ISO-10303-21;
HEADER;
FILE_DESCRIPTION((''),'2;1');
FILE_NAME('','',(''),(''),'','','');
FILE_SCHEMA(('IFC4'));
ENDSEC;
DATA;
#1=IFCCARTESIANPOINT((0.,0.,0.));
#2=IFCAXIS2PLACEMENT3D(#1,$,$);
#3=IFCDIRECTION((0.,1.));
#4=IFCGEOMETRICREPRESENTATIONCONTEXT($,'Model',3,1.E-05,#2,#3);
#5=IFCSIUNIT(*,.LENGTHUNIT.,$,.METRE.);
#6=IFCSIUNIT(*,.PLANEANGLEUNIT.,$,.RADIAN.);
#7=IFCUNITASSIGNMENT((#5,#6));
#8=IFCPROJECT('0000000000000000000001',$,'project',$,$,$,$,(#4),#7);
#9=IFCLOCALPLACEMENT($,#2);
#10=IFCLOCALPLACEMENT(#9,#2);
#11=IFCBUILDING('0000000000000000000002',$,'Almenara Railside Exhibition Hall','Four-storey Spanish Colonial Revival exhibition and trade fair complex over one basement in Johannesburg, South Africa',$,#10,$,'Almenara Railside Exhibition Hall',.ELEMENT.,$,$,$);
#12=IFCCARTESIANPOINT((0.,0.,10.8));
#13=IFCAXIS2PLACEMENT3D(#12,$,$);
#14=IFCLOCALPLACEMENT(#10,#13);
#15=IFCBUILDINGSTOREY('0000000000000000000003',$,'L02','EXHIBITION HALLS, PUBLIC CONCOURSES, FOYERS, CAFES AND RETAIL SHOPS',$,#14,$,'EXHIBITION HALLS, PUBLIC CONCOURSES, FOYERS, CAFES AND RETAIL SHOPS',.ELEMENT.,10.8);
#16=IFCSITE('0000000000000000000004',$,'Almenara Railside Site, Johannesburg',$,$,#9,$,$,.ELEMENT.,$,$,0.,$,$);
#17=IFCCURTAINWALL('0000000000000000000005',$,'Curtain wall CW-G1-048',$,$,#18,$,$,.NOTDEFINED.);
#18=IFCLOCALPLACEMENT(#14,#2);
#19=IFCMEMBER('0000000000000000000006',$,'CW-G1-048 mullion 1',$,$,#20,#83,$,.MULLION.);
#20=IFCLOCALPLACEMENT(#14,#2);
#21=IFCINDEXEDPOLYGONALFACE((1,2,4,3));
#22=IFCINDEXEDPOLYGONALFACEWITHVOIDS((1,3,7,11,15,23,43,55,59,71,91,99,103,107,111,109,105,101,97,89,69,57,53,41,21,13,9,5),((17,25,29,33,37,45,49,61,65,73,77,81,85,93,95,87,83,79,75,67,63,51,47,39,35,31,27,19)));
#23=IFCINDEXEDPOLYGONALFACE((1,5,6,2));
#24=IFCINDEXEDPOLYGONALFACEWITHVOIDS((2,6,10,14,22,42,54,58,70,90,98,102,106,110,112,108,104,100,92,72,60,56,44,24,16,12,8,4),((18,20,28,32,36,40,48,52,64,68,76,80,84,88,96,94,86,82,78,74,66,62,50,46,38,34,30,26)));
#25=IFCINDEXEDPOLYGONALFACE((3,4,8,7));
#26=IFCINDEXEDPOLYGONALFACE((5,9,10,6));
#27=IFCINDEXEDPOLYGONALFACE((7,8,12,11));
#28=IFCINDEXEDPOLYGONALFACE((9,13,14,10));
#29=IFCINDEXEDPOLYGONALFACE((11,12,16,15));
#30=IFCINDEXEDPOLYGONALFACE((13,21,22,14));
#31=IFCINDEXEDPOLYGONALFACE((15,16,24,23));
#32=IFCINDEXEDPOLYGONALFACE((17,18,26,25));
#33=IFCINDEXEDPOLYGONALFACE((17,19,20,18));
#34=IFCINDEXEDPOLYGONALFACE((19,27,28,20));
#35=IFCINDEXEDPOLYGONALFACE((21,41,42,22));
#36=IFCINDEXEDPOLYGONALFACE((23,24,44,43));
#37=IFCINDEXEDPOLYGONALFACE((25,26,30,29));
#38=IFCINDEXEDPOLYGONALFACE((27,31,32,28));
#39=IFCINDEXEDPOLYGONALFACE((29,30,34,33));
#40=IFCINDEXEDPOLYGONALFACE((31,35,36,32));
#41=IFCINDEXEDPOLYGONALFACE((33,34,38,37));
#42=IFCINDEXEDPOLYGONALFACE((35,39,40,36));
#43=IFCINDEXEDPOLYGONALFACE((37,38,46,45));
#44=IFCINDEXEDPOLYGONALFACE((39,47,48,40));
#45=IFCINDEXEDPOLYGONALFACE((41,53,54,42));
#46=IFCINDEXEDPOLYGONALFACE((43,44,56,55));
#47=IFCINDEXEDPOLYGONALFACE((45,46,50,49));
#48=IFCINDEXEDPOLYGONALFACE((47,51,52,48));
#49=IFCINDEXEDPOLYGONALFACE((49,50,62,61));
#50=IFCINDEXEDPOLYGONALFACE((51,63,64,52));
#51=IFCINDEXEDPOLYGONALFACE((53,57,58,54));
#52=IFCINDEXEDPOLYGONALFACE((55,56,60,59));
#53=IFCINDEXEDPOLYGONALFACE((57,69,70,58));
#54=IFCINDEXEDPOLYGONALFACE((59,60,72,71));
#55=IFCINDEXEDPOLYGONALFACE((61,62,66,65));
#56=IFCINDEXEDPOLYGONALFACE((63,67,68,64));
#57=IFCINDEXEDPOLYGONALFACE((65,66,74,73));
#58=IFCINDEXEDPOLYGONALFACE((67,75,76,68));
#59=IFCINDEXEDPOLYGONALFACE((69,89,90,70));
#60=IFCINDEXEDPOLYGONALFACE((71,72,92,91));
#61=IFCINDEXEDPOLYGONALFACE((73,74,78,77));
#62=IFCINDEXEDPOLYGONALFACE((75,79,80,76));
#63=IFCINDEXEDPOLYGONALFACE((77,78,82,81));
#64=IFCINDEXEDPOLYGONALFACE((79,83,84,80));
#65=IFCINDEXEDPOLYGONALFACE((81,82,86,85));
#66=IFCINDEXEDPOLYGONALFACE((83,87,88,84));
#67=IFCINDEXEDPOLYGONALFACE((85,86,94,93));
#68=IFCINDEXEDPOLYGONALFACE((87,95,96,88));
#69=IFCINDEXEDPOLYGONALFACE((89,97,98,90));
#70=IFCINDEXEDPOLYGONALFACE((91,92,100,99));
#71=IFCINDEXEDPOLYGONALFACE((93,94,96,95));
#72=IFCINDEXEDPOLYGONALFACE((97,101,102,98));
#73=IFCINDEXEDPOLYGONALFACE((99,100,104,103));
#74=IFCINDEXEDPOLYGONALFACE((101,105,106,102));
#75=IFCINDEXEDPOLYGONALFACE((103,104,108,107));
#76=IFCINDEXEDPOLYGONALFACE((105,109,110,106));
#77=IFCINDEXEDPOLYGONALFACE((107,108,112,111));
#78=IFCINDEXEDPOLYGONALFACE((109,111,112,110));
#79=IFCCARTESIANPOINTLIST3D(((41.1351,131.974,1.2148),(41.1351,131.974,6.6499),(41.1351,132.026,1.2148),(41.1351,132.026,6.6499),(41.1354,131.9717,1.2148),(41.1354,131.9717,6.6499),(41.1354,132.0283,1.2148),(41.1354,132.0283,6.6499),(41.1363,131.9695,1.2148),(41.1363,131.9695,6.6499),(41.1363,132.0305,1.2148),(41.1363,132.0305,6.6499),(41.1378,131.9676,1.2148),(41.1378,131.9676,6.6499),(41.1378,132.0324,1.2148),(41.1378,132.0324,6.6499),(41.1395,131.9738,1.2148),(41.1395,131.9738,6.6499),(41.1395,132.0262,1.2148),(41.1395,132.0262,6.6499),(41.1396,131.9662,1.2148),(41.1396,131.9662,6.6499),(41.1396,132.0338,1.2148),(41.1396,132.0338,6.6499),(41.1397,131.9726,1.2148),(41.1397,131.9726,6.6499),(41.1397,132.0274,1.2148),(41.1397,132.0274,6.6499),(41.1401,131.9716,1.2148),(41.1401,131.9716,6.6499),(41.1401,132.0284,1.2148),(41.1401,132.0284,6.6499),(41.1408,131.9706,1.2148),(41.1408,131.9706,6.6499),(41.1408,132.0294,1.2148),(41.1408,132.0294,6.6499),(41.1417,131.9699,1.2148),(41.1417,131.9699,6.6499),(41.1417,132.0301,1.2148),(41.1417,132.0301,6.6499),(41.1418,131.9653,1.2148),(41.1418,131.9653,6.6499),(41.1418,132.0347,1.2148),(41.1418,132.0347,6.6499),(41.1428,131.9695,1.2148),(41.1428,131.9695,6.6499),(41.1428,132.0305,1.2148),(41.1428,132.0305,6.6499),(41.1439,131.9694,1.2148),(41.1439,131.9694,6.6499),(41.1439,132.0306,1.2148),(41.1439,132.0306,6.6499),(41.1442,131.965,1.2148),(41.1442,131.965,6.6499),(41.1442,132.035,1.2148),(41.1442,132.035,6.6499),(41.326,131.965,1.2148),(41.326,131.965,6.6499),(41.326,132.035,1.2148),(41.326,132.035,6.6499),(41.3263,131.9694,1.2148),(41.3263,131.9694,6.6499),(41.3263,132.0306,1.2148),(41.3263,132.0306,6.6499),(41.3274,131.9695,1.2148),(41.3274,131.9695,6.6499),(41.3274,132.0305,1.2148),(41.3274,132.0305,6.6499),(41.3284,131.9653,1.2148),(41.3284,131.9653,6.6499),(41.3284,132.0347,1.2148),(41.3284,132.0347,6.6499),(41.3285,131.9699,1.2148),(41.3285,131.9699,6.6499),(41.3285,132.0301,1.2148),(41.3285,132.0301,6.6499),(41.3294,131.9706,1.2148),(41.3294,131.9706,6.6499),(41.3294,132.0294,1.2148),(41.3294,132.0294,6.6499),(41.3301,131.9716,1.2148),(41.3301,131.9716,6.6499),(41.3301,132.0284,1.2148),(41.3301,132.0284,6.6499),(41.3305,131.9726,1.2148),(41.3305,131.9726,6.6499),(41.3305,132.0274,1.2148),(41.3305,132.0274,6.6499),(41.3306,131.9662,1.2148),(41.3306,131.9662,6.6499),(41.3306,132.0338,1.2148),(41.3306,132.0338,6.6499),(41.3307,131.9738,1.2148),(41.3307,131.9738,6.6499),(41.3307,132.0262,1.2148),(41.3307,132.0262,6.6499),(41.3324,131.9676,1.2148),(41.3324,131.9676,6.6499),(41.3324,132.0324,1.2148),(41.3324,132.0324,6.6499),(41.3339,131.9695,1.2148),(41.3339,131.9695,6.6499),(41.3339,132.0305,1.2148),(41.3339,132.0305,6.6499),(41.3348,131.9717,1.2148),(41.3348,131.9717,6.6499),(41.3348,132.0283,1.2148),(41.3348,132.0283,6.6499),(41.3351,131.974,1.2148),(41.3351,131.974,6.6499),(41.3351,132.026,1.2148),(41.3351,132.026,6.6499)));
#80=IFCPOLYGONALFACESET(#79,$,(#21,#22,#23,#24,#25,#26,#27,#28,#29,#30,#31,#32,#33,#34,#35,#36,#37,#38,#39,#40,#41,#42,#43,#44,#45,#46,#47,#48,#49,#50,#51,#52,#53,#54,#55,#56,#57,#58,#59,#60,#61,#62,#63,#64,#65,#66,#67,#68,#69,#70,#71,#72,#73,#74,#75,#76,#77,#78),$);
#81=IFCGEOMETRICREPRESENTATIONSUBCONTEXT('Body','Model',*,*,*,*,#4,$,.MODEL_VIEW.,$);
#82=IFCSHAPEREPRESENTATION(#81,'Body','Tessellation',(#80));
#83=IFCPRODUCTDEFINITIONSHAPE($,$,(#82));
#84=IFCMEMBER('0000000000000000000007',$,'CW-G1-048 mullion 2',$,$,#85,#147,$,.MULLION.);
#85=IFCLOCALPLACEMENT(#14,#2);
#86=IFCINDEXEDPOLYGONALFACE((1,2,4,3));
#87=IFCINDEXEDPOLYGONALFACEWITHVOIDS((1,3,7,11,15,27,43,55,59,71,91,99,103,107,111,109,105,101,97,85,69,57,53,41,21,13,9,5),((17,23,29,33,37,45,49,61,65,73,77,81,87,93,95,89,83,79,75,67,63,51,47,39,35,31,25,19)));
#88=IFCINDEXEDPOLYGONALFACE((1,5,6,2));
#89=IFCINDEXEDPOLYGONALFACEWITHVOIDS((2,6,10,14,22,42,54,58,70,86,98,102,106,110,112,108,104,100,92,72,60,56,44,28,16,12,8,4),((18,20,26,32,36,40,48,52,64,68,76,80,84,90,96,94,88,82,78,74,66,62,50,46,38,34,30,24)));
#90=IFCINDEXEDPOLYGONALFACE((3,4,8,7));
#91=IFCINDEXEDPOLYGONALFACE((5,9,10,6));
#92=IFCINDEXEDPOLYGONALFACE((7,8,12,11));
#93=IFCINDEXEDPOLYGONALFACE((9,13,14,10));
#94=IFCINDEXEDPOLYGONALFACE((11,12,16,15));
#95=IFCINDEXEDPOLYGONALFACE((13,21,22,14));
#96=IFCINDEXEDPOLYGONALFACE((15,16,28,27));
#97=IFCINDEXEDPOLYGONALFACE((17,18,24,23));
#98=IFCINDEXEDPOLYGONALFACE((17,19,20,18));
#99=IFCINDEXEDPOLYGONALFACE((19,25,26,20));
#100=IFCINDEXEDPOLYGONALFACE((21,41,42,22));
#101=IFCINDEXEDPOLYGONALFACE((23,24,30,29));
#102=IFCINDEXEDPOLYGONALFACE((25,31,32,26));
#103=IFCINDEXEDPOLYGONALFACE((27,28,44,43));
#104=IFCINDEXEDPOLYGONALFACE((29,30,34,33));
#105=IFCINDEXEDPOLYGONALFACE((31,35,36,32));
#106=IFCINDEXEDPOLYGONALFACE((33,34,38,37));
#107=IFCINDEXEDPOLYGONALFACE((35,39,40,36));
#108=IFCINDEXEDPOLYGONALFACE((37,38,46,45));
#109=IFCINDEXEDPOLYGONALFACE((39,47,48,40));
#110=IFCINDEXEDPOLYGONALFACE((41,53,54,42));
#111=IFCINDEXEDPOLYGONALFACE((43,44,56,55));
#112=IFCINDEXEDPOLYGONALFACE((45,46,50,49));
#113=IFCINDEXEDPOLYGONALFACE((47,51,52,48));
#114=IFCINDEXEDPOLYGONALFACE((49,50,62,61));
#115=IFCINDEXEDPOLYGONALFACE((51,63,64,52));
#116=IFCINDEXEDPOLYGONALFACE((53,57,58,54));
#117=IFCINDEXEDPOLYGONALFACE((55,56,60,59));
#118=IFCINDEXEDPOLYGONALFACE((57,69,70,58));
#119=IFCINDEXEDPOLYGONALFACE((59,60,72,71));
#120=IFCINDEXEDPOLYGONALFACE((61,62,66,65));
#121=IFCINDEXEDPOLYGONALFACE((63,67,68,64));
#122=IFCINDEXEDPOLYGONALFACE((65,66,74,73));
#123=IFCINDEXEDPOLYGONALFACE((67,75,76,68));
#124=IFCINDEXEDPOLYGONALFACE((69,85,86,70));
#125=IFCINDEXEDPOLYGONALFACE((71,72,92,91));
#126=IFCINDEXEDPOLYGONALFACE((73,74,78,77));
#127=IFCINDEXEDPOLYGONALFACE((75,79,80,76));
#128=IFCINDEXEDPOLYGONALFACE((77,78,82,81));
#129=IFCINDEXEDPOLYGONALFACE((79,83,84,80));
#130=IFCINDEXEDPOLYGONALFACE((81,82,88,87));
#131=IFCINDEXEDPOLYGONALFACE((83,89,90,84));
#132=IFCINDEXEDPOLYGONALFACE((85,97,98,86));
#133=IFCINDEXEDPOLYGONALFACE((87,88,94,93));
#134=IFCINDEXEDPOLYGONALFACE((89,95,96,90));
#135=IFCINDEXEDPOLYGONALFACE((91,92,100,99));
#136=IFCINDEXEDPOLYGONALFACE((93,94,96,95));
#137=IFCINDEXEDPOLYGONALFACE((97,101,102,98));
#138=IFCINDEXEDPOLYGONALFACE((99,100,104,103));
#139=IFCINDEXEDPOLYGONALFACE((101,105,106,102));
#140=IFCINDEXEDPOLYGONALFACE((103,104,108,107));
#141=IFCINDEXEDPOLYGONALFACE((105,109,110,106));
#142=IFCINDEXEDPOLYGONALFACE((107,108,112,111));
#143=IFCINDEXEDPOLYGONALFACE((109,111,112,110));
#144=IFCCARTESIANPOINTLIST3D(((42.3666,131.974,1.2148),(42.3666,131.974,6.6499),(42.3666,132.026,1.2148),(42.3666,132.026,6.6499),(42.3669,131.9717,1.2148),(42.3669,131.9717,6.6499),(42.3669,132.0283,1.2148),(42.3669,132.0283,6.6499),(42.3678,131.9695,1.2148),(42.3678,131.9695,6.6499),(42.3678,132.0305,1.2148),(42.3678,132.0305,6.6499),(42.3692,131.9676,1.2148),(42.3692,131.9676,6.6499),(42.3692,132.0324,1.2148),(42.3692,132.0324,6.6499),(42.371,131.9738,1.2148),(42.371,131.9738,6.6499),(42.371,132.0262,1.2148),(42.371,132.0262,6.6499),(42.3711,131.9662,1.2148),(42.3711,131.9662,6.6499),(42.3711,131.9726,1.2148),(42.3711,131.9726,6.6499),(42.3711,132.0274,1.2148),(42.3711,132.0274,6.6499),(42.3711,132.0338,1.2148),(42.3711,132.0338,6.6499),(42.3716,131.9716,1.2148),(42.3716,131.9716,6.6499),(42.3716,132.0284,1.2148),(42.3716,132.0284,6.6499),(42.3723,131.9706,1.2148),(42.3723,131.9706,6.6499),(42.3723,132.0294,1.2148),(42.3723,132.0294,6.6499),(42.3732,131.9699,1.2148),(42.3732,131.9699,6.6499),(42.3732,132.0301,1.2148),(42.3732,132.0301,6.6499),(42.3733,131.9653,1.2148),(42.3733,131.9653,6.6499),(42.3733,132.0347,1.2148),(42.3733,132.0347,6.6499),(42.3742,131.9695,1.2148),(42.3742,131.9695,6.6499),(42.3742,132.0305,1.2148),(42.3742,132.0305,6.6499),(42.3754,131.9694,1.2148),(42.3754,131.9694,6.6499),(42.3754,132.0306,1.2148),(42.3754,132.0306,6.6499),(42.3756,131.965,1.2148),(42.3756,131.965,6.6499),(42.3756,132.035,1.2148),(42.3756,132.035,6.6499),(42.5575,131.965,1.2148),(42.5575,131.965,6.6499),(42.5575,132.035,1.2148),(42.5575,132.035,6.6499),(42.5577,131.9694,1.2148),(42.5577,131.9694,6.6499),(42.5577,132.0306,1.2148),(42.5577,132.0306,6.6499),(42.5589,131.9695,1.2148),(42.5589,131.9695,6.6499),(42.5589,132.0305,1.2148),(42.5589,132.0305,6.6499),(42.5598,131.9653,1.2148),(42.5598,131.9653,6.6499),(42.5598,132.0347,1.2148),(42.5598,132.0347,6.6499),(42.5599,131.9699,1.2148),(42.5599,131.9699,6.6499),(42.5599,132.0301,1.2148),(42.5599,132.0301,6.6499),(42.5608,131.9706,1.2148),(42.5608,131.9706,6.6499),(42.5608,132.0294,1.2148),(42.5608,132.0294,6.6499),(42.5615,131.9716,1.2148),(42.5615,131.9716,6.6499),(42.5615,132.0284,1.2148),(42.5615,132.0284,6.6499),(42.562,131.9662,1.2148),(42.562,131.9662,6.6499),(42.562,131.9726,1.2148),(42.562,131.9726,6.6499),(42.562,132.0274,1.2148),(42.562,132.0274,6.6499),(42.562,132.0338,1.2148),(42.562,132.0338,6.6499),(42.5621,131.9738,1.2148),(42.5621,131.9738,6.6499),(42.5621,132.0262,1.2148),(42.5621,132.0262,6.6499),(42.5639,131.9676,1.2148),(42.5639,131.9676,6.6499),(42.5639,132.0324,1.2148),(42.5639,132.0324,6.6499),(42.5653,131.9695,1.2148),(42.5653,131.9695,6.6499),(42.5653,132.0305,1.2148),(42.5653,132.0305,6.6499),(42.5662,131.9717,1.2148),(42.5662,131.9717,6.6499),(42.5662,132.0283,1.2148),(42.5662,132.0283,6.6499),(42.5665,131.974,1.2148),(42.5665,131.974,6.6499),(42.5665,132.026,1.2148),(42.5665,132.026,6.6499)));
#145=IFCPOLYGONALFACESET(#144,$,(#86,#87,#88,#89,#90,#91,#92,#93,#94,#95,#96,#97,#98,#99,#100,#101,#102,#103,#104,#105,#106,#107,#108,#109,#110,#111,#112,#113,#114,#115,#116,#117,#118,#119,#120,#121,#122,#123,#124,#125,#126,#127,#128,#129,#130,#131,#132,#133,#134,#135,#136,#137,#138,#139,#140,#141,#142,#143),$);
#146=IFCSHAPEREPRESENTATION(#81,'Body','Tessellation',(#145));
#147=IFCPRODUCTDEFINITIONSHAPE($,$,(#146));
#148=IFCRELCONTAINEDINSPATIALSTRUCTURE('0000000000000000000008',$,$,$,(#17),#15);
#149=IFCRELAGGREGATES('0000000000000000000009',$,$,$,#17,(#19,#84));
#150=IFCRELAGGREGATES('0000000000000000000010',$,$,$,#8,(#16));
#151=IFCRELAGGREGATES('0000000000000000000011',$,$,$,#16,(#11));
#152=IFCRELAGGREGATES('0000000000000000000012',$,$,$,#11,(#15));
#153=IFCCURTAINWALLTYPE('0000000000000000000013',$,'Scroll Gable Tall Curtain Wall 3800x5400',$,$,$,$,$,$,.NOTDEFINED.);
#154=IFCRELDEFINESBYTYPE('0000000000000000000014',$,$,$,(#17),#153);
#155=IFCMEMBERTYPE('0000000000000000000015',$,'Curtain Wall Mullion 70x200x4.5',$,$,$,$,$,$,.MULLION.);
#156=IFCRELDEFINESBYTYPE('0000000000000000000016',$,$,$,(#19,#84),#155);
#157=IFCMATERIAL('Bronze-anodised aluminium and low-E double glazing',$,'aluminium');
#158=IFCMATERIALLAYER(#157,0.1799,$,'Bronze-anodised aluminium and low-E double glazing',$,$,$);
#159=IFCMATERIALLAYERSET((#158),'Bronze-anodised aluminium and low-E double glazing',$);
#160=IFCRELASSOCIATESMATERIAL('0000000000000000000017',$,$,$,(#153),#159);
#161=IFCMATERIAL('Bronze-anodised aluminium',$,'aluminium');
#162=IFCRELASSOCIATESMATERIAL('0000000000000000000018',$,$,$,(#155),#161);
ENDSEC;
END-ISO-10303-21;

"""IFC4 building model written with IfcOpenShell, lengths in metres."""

from ifc_helpers import new_model, si_unit, direction, frame, origin, origin_2d, place, context, subcontext, project, spatial, hollow_rectangle, extrude, material, layer, layer_set, material_profile, profile_set, type_object, element, aggregate, save


model = new_model("IFC4")

# Units and contexts
model_context = context("Model", 3, precision=1e-05, world=origin(), true_north=direction((0.0, 1.0)))
body_context = subcontext(model_context, "Body", "Model", "MODEL_VIEW")
ifc_project = project(units=[si_unit("LENGTHUNIT", "METRE"), si_unit("PLANEANGLEUNIT", "RADIAN")], contexts=[model_context])

# Site, building, storey
site_placement = place(None, origin())
site = spatial("IfcSite", under=ifc_project, at=site_placement, Name="Almenara Railside Site, Johannesburg", CompositionType="ELEMENT", RefElevation=0.0)
building_placement = place(site_placement, origin())
building = spatial("IfcBuilding", under=site, at=building_placement, Name="Almenara Railside Exhibition Hall", Description="Four-storey Spanish Colonial Revival exhibition and trade fair complex over one basement in Johannesburg, South Africa", LongName="Almenara Railside Exhibition Hall", CompositionType="ELEMENT")
storey_placement = place(building_placement, frame((0.0, 0.0, 10.8)))
storey = spatial("IfcBuildingStorey", under=building, at=storey_placement, Name="L02", Description="EXHIBITION HALLS, PUBLIC CONCOURSES, FOYERS, CAFES AND RETAIL SHOPS", LongName="EXHIBITION HALLS, PUBLIC CONCOURSES, FOYERS, CAFES AND RETAIL SHOPS", CompositionType="ELEMENT", Elevation=10.8)

# Curtain wall, members
ifc_material_1 = material(Name="Bronze-anodised aluminium and low-E double glazing", Category="aluminium")
ifc_layer_1 = layer(ifc_material_1, 0.1799, Name="Bronze-anodised aluminium and low-E double glazing")
ifc_layer_set_1 = layer_set([ifc_layer_1], Name="Bronze-anodised aluminium and low-E double glazing")
curtain_wall_type = type_object("IfcCurtainWallType", Name="Scroll Gable Tall Curtain Wall 3800x5400", PredefinedType="NOTDEFINED", material=ifc_layer_set_1)
ifc_material_2 = material(Name="Bronze-anodised aluminium", Category="aluminium")
curtain_wall_1_placement = place(storey_placement, origin())
curtain_wall_1 = element("IfcCurtainWall", 1, at=curtain_wall_1_placement, inside=storey, type_object=curtain_wall_type, Name="Curtain wall CW-G1-048", PredefinedType="NOTDEFINED")
ifc_material_profile_1 = material_profile(ifc_material_2, hollow_rectangle(XDim=0.0701, YDim=0.2, WallThickness=0.0044, InnerFilletRadius=0.0044, OuterFilletRadius=0.009, at=origin_2d()), Name="ALU-MUL 70x200x4.5")
ifc_profile_set_1 = profile_set([ifc_material_profile_1], Name="Bronze-anodised aluminium")
member_type_1 = type_object("IfcMemberType", Name="Curtain Wall Mullion 70x200x4.5", PredefinedType="MULLION", material=ifc_profile_set_1)
member_1_placement = place(storey_placement, frame((41.2351, 132.0, 1.2148), z_axis=(0.0, 0.0, 1.0), x_axis=(0.0, 1.0, 0.0)))
member_1 = element("IfcMember", 2, at=member_1_placement, type_object=member_type_1, Name="CW-G1-048 mullion 1", PredefinedType="MULLION", context=body_context, shape_type="SweptSolid", body=[
    extrude(hollow_rectangle(XDim=0.0701, YDim=0.2, WallThickness=0.0044, InnerFilletRadius=0.0044, OuterFilletRadius=0.009, at=origin_2d()), origin(), (0.0, 0.0, 1.0), 5.4351),
])
member_2_placement = place(storey_placement, frame((42.4666, 132.0, 1.2148), z_axis=(0.0, 0.0, 1.0), x_axis=(0.0, 1.0, 0.0)))
member_2 = element("IfcMember", 3, at=member_2_placement, type_object=member_type_1, Name="CW-G1-048 mullion 2", PredefinedType="MULLION", context=body_context, shape_type="SweptSolid", body=[
    extrude(hollow_rectangle(XDim=0.0701, YDim=0.2, WallThickness=0.0044, InnerFilletRadius=0.0044, OuterFilletRadius=0.009, at=origin_2d()), origin(), (0.0, 0.0, 1.0), 5.4351),
])

aggregate(curtain_wall_1, [member_1, member_2])

save(model, "model.ifc")
